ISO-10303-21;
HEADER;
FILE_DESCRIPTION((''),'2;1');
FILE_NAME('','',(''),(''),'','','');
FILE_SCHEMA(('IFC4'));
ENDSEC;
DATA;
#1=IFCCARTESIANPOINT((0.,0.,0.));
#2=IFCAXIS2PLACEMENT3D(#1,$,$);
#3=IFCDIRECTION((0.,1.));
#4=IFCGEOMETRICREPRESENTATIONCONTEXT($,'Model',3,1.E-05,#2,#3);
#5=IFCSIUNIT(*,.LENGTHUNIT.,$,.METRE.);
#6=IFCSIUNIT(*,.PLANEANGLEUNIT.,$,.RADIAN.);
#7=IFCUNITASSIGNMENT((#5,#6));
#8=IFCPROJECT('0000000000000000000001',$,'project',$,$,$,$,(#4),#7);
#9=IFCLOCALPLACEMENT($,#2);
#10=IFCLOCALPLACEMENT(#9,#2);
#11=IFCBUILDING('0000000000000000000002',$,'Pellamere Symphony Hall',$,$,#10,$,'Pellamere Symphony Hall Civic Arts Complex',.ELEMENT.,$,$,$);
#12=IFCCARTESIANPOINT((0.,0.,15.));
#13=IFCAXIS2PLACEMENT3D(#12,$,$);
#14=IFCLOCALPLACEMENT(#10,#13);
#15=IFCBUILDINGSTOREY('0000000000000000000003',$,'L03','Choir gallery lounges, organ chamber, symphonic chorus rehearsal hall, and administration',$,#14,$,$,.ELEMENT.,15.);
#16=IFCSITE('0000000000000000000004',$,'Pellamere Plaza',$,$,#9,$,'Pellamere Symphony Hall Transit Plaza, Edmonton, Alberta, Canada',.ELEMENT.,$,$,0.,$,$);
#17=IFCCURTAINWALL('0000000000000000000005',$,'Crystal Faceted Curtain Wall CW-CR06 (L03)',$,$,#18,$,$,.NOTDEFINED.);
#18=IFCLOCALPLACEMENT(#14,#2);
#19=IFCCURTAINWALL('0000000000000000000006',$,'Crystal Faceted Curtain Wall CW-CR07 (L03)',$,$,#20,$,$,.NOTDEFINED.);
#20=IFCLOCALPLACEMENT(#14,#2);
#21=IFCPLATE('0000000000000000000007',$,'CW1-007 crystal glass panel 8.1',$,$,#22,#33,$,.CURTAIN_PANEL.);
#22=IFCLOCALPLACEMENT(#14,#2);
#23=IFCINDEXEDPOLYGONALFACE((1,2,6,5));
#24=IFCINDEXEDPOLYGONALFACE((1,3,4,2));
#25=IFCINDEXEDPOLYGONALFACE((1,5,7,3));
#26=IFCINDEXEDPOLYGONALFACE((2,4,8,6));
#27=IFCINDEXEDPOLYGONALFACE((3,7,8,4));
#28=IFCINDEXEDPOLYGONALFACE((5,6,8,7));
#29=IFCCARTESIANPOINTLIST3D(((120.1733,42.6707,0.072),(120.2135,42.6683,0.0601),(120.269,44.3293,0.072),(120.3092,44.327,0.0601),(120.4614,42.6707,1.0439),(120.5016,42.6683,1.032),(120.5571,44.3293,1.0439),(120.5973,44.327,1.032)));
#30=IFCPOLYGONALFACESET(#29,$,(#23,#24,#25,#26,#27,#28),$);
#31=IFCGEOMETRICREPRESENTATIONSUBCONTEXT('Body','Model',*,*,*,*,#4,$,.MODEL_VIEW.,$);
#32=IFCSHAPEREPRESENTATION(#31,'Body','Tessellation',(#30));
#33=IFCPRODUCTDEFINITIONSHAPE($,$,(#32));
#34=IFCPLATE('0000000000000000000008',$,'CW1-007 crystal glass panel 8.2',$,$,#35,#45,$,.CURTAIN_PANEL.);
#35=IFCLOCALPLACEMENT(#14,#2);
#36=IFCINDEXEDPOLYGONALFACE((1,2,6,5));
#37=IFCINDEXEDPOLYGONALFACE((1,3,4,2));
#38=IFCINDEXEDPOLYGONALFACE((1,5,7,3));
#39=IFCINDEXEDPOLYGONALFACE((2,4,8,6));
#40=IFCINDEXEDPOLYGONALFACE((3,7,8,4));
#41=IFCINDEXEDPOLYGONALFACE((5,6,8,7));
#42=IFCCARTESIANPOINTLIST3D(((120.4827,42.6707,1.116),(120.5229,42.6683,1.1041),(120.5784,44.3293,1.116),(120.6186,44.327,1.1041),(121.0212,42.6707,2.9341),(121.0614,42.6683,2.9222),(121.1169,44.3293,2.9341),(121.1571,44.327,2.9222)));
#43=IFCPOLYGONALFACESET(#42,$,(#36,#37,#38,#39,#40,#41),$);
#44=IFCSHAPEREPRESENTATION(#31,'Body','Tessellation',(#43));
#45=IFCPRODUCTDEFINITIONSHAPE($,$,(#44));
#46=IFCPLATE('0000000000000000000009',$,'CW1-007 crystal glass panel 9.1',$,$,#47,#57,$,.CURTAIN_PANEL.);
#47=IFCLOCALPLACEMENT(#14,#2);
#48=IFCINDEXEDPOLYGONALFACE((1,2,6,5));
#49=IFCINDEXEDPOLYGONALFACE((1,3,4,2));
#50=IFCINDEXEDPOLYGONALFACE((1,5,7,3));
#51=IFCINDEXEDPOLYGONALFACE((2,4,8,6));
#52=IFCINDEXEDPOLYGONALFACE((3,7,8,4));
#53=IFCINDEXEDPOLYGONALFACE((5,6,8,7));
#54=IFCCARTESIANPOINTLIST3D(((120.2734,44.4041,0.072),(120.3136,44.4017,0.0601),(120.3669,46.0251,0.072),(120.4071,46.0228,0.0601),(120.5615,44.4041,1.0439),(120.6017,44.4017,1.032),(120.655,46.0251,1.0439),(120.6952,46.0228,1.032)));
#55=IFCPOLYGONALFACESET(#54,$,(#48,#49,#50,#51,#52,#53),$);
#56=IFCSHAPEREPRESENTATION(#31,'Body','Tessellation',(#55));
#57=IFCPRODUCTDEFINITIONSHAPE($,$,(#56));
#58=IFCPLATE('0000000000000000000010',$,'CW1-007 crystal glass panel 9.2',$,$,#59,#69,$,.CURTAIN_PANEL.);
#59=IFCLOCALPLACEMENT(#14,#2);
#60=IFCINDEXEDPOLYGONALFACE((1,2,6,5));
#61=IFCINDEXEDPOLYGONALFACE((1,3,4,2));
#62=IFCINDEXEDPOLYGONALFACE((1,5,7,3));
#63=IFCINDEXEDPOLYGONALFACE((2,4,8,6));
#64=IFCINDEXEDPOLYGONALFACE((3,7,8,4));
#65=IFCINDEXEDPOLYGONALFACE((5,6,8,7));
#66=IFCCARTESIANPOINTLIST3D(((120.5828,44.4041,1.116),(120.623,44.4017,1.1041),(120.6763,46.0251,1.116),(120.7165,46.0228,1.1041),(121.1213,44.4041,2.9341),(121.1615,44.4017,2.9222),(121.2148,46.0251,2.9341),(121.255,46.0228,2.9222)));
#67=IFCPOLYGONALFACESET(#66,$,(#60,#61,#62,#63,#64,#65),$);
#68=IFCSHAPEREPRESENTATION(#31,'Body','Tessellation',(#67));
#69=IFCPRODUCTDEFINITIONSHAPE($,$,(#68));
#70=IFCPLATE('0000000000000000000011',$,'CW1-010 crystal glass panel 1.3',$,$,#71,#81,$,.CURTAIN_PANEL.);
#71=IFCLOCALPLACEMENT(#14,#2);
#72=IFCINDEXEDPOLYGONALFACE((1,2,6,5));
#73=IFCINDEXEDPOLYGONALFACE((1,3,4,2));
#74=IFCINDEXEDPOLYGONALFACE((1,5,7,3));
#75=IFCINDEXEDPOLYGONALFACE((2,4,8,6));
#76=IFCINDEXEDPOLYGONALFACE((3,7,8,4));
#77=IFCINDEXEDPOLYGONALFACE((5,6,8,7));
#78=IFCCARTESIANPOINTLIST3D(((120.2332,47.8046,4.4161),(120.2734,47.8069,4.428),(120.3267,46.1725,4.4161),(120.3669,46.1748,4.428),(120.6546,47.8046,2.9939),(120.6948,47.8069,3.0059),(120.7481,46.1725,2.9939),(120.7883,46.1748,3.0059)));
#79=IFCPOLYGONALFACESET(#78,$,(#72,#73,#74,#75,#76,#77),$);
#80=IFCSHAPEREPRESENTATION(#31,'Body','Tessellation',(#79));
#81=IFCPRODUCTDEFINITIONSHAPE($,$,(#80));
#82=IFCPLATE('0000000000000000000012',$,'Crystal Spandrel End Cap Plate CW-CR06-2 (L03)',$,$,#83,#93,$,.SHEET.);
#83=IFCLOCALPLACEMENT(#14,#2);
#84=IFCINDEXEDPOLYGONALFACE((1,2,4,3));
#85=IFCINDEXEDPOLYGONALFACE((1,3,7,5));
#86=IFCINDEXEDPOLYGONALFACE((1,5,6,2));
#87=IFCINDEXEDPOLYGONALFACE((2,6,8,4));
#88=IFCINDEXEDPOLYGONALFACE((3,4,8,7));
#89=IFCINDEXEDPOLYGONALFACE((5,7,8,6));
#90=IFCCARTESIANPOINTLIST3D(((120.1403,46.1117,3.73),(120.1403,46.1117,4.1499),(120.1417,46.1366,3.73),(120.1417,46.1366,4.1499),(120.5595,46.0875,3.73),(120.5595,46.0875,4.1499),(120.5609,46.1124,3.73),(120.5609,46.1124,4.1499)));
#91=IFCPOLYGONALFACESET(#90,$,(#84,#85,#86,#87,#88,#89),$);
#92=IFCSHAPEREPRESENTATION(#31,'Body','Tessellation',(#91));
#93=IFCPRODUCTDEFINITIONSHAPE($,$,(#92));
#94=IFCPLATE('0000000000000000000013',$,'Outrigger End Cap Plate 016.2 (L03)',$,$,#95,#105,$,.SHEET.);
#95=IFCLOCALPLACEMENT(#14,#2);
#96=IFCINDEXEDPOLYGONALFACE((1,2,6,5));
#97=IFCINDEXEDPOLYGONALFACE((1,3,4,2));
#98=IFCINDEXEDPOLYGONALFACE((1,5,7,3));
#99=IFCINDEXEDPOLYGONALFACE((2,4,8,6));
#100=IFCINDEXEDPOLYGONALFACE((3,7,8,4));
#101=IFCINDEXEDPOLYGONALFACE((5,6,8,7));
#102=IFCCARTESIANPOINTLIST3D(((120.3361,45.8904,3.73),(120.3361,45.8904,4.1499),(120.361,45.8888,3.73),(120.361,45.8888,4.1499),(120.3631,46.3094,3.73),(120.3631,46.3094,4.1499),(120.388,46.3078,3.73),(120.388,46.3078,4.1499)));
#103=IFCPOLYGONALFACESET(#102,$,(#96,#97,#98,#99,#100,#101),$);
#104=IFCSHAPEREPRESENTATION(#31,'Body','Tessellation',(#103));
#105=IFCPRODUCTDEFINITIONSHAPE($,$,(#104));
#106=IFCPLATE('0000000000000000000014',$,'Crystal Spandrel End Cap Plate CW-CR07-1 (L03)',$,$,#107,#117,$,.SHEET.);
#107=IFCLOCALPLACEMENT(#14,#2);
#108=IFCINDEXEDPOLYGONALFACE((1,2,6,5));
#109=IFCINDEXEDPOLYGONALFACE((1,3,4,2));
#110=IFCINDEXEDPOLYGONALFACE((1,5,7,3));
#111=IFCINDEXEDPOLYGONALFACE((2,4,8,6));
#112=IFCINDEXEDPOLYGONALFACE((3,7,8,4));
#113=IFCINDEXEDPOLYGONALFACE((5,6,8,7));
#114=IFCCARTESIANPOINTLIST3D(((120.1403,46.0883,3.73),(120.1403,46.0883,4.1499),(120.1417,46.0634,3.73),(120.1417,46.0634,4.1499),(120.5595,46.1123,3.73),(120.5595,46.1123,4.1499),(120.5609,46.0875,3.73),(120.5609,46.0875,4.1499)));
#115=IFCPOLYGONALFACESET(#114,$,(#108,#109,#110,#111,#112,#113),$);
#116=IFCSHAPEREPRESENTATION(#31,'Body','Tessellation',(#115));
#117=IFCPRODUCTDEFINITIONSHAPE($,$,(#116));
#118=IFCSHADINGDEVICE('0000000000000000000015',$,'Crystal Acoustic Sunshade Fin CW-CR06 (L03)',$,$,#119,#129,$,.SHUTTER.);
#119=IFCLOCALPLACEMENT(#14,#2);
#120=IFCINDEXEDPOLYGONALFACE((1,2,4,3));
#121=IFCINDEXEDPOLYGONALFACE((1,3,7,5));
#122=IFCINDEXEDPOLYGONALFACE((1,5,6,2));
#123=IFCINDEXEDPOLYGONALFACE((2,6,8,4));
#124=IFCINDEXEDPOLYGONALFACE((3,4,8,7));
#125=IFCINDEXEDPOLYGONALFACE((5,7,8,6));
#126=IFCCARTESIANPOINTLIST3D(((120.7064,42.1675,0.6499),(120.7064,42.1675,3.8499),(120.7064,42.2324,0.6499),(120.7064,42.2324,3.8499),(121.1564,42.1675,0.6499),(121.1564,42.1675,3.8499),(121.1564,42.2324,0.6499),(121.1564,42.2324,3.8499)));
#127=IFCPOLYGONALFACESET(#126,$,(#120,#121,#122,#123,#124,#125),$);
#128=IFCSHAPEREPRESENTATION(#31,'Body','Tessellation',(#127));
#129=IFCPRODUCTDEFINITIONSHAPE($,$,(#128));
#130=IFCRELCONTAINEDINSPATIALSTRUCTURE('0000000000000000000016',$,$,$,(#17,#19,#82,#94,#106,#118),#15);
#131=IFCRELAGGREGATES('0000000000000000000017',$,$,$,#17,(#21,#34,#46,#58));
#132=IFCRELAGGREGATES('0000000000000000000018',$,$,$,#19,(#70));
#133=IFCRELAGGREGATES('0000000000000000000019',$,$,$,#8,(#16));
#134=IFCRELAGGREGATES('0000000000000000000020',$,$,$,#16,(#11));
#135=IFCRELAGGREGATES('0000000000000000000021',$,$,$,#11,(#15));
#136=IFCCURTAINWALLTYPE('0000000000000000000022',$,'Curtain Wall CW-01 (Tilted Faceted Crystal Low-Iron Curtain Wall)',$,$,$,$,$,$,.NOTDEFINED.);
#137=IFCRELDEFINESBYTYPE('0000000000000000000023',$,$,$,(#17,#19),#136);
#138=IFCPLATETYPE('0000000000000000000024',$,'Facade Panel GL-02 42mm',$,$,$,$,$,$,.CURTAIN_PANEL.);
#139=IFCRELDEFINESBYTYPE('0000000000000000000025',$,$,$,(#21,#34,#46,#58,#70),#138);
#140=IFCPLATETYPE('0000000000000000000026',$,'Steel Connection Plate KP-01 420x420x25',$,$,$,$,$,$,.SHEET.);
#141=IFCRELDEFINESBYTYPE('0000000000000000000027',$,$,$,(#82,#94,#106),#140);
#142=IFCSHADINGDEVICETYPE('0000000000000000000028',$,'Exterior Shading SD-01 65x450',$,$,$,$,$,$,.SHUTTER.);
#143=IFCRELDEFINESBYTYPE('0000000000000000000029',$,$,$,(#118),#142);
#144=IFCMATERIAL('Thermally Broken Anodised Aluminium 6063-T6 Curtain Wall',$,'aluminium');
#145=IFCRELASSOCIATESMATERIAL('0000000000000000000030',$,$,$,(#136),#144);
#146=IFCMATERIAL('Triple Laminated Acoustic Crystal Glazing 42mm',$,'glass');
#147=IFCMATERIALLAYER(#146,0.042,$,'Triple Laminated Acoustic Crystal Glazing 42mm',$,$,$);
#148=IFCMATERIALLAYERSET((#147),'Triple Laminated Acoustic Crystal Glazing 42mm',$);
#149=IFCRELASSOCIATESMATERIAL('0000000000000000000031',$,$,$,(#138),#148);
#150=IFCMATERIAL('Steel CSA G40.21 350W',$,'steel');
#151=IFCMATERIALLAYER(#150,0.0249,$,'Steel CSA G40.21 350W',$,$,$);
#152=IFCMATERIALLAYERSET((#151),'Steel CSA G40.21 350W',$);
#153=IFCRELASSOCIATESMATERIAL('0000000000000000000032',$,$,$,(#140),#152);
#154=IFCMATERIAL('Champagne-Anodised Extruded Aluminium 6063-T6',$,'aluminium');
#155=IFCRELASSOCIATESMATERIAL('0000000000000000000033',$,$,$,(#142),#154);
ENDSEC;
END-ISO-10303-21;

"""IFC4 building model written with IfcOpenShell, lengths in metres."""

from ifc_helpers import new_model, si_unit, direction, frame, origin, origin_2d, place, context, subcontext, project, spatial, polyline, rectangle, outline, extrude, material, layer, layer_set, type_object, element, aggregate, save


model = new_model("IFC4")

# Units and contexts
model_context = context("Model", 3, precision=1e-05, world=origin(), true_north=direction((0.0, 1.0)))
body_context = subcontext(model_context, "Body", "Model", "MODEL_VIEW")
ifc_project = project(units=[si_unit("LENGTHUNIT", "METRE"), si_unit("PLANEANGLEUNIT", "RADIAN")], contexts=[model_context])

# Site, building, storey
site_placement = place(None, origin())
site = spatial("IfcSite", under=ifc_project, at=site_placement, Name="Pellamere Plaza", LongName="Pellamere Symphony Hall Transit Plaza, Edmonton, Alberta, Canada", CompositionType="ELEMENT", RefElevation=0.0)
building_placement = place(site_placement, origin())
building = spatial("IfcBuilding", under=site, at=building_placement, Name="Pellamere Symphony Hall", LongName="Pellamere Symphony Hall Civic Arts Complex", CompositionType="ELEMENT")
storey_placement = place(building_placement, frame((0.0, 0.0, 15.0)))
storey = spatial("IfcBuildingStorey", under=building, at=storey_placement, Name="L03", Description="Choir gallery lounges, organ chamber, symphonic chorus rehearsal hall, and administration", CompositionType="ELEMENT", Elevation=15.0)

# Curtain walls
ifc_material_1 = material(Name="Thermally Broken Anodised Aluminium 6063-T6 Curtain Wall", Category="aluminium")
curtain_wall_type = type_object("IfcCurtainWallType", Name="Curtain Wall CW-01 (Tilted Faceted Crystal Low-Iron Curtain Wall)", PredefinedType="NOTDEFINED", material=ifc_material_1)
curtain_wall_1_placement = place(storey_placement, origin())
curtain_wall_1 = element("IfcCurtainWall", 1, at=curtain_wall_1_placement, inside=storey, type_object=curtain_wall_type, Name="Crystal Faceted Curtain Wall CW-CR06 (L03)", PredefinedType="NOTDEFINED")
curtain_wall_2_placement = place(storey_placement, origin())
curtain_wall_2 = element("IfcCurtainWall", 2, at=curtain_wall_2_placement, inside=storey, type_object=curtain_wall_type, Name="Crystal Faceted Curtain Wall CW-CR07 (L03)", PredefinedType="NOTDEFINED")

# Shared definitions
ifc_material_2 = material(Name="Steel CSA G40.21 350W", Category="steel")

# Plates
ifc_material_3 = material(Name="Triple Laminated Acoustic Crystal Glazing 42mm", Category="glass")
ifc_layer_1 = layer(ifc_material_3, 0.042, Name="Triple Laminated Acoustic Crystal Glazing 42mm")
ifc_layer_set_1 = layer_set([ifc_layer_1], Name="Triple Laminated Acoustic Crystal Glazing 42mm")
plate_type_1 = type_object("IfcPlateType", Name="Facade Panel GL-02 42mm", PredefinedType="CURTAIN_PANEL", material=ifc_layer_set_1)
plate_1_placement = place(storey_placement, frame((120.1733, 42.6707, 0.072), z_axis=(-0.957305, 0.055235, 0.283753), x_axis=(0.057602, 0.99834, 0.0)))
plate_1 = element("IfcPlate", 3, at=plate_1_placement, type_object=plate_type_1, Name="CW1-007 crystal glass panel 8.1", PredefinedType="CURTAIN_PANEL", context=body_context, shape_type="SweptSolid", body=[
    extrude(outline(polyline([(0.0, 0.0), (1.6615, 0.0), (1.678, -1.0136), (0.0166, -1.0136), (0.0, 0.0)])), origin(), (0.0, 0.0, -1.0), 0.042),
])
plate_2_placement = place(storey_placement, frame((120.4827, 42.6707, 1.116), z_axis=(-0.957352, 0.055237, 0.283593), x_axis=(0.057602, 0.99834, 0.0)))
plate_2 = element("IfcPlate", 4, at=plate_2_placement, type_object=plate_type_1, Name="CW1-007 crystal glass panel 8.2", PredefinedType="CURTAIN_PANEL", context=body_context, shape_type="SweptSolid", body=[
    extrude(outline(polyline([(0.0, 0.0), (1.6615, 0.0), (1.6925, -1.896), (0.031, -1.896), (0.0, 0.0)])), origin(), (0.0, 0.0, -1.0), 0.042),
])
plate_3_placement = place(storey_placement, frame((120.2734, 44.4041, 0.072), z_axis=(-0.957306, 0.055218, 0.283753), x_axis=(0.057585, 0.998341, 0.0)))
plate_3 = element("IfcPlate", 5, at=plate_3_placement, type_object=plate_type_1, Name="CW1-007 crystal glass panel 9.1", PredefinedType="CURTAIN_PANEL", context=body_context, shape_type="SweptSolid", body=[
    extrude(outline(polyline([(0.0, 0.0), (1.6238, 0.0), (1.6404, -1.0136), (0.0166, -1.0136), (0.0, 0.0)])), origin(), (0.0, 0.0, -1.0), 0.042),
])
plate_4_placement = place(storey_placement, frame((120.5828, 44.4041, 1.116), z_axis=(-0.957353, 0.055221, 0.283594), x_axis=(0.057585, 0.998341, 0.0)))
plate_4 = element("IfcPlate", 6, at=plate_4_placement, type_object=plate_type_1, Name="CW1-007 crystal glass panel 9.2", PredefinedType="CURTAIN_PANEL", context=body_context, shape_type="SweptSolid", body=[
    extrude(outline(polyline([(0.0, 0.0), (1.6238, 0.0), (1.6548, -1.896), (0.031, -1.896), (0.0, 0.0)])), origin(), (0.0, 0.0, -1.0), 0.042),
])
aggregate(curtain_wall_1, [plate_1, plate_2, plate_3, plate_4])
plate_5_placement = place(storey_placement, frame((120.7883, 46.1748, 3.0059), z_axis=(0.957351, 0.054849, 0.283672), x_axis=(-0.057199, 0.998363, 0.0)))
plate_5 = element("IfcPlate", 7, at=plate_5_placement, type_object=plate_type_1, Name="CW1-010 crystal glass panel 1.3", PredefinedType="CURTAIN_PANEL", context=body_context, shape_type="SweptSolid", body=[
    extrude(outline(polyline([(0.0, 0.0), (1.6348, 0.0), (1.6589, 1.483), (0.0241, 1.483), (0.0, 0.0)])), origin(), (0.0, 0.0, -1.0), 0.042),
])
aggregate(curtain_wall_2, [plate_5])

# Plates
ifc_layer_2 = layer(ifc_material_2, 0.0249, Name="Steel CSA G40.21 350W")
ifc_layer_set_2 = layer_set([ifc_layer_2], Name="Steel CSA G40.21 350W")
plate_type_2 = type_object("IfcPlateType", Name="Steel Connection Plate KP-01 420x420x25", PredefinedType="SHEET", material=ifc_layer_set_2)
for number, where, z_axis, x_axis, name in (
    (8, (120.3506, 46.1121, 3.73), (0.0, 0.0, 1.0), (0.057564, 0.998342, 0.0), "Crystal Spandrel End Cap Plate CW-CR06-2 (L03)"),
    (9, (120.3621, 46.0991, 3.73), (0.0, 0.0, 1.0), (0.997927, -0.064358, 0.0), "Outrigger End Cap Plate 016.2 (L03)"),
    (10, (120.3506, 46.0879, 3.73), (0.0, 0.0, 1.0), (-0.057216, 0.998362, 0.0), "Crystal Spandrel End Cap Plate CW-CR07-1 (L03)"),
):
    element("IfcPlate", number, at=place(storey_placement, frame(where, z_axis=z_axis, x_axis=x_axis)), inside=storey, type_object=plate_type_2, Name=name, PredefinedType="SHEET", context=body_context, shape_type="SweptSolid", body=[
        extrude(rectangle(XDim=0.0249, YDim=0.4199, at=origin_2d()), origin(), (0.0, 0.0, 1.0), 0.4199),
    ])

# Shading device
ifc_material_4 = material(Name="Champagne-Anodised Extruded Aluminium 6063-T6", Category="aluminium")
shading_device_type = type_object("IfcShadingDeviceType", Name="Exterior Shading SD-01 65x450", PredefinedType="SHUTTER", material=ifc_material_4)
shading_device_placement = place(storey_placement, frame((120.9314, 42.2, 0.6499), z_axis=(0.0, 0.0, 1.0), x_axis=(0.0, 1.0, 0.0)))
element("IfcShadingDevice", 11, at=shading_device_placement, inside=storey, type_object=shading_device_type, Name="Crystal Acoustic Sunshade Fin CW-CR06 (L03)", PredefinedType="SHUTTER", context=body_context, shape_type="SweptSolid", body=[
    extrude(rectangle(XDim=0.0649, YDim=0.45, at=origin_2d()), origin(), (0.0, 0.0, 1.0), 3.2),
])

save(model, "model.ifc")
